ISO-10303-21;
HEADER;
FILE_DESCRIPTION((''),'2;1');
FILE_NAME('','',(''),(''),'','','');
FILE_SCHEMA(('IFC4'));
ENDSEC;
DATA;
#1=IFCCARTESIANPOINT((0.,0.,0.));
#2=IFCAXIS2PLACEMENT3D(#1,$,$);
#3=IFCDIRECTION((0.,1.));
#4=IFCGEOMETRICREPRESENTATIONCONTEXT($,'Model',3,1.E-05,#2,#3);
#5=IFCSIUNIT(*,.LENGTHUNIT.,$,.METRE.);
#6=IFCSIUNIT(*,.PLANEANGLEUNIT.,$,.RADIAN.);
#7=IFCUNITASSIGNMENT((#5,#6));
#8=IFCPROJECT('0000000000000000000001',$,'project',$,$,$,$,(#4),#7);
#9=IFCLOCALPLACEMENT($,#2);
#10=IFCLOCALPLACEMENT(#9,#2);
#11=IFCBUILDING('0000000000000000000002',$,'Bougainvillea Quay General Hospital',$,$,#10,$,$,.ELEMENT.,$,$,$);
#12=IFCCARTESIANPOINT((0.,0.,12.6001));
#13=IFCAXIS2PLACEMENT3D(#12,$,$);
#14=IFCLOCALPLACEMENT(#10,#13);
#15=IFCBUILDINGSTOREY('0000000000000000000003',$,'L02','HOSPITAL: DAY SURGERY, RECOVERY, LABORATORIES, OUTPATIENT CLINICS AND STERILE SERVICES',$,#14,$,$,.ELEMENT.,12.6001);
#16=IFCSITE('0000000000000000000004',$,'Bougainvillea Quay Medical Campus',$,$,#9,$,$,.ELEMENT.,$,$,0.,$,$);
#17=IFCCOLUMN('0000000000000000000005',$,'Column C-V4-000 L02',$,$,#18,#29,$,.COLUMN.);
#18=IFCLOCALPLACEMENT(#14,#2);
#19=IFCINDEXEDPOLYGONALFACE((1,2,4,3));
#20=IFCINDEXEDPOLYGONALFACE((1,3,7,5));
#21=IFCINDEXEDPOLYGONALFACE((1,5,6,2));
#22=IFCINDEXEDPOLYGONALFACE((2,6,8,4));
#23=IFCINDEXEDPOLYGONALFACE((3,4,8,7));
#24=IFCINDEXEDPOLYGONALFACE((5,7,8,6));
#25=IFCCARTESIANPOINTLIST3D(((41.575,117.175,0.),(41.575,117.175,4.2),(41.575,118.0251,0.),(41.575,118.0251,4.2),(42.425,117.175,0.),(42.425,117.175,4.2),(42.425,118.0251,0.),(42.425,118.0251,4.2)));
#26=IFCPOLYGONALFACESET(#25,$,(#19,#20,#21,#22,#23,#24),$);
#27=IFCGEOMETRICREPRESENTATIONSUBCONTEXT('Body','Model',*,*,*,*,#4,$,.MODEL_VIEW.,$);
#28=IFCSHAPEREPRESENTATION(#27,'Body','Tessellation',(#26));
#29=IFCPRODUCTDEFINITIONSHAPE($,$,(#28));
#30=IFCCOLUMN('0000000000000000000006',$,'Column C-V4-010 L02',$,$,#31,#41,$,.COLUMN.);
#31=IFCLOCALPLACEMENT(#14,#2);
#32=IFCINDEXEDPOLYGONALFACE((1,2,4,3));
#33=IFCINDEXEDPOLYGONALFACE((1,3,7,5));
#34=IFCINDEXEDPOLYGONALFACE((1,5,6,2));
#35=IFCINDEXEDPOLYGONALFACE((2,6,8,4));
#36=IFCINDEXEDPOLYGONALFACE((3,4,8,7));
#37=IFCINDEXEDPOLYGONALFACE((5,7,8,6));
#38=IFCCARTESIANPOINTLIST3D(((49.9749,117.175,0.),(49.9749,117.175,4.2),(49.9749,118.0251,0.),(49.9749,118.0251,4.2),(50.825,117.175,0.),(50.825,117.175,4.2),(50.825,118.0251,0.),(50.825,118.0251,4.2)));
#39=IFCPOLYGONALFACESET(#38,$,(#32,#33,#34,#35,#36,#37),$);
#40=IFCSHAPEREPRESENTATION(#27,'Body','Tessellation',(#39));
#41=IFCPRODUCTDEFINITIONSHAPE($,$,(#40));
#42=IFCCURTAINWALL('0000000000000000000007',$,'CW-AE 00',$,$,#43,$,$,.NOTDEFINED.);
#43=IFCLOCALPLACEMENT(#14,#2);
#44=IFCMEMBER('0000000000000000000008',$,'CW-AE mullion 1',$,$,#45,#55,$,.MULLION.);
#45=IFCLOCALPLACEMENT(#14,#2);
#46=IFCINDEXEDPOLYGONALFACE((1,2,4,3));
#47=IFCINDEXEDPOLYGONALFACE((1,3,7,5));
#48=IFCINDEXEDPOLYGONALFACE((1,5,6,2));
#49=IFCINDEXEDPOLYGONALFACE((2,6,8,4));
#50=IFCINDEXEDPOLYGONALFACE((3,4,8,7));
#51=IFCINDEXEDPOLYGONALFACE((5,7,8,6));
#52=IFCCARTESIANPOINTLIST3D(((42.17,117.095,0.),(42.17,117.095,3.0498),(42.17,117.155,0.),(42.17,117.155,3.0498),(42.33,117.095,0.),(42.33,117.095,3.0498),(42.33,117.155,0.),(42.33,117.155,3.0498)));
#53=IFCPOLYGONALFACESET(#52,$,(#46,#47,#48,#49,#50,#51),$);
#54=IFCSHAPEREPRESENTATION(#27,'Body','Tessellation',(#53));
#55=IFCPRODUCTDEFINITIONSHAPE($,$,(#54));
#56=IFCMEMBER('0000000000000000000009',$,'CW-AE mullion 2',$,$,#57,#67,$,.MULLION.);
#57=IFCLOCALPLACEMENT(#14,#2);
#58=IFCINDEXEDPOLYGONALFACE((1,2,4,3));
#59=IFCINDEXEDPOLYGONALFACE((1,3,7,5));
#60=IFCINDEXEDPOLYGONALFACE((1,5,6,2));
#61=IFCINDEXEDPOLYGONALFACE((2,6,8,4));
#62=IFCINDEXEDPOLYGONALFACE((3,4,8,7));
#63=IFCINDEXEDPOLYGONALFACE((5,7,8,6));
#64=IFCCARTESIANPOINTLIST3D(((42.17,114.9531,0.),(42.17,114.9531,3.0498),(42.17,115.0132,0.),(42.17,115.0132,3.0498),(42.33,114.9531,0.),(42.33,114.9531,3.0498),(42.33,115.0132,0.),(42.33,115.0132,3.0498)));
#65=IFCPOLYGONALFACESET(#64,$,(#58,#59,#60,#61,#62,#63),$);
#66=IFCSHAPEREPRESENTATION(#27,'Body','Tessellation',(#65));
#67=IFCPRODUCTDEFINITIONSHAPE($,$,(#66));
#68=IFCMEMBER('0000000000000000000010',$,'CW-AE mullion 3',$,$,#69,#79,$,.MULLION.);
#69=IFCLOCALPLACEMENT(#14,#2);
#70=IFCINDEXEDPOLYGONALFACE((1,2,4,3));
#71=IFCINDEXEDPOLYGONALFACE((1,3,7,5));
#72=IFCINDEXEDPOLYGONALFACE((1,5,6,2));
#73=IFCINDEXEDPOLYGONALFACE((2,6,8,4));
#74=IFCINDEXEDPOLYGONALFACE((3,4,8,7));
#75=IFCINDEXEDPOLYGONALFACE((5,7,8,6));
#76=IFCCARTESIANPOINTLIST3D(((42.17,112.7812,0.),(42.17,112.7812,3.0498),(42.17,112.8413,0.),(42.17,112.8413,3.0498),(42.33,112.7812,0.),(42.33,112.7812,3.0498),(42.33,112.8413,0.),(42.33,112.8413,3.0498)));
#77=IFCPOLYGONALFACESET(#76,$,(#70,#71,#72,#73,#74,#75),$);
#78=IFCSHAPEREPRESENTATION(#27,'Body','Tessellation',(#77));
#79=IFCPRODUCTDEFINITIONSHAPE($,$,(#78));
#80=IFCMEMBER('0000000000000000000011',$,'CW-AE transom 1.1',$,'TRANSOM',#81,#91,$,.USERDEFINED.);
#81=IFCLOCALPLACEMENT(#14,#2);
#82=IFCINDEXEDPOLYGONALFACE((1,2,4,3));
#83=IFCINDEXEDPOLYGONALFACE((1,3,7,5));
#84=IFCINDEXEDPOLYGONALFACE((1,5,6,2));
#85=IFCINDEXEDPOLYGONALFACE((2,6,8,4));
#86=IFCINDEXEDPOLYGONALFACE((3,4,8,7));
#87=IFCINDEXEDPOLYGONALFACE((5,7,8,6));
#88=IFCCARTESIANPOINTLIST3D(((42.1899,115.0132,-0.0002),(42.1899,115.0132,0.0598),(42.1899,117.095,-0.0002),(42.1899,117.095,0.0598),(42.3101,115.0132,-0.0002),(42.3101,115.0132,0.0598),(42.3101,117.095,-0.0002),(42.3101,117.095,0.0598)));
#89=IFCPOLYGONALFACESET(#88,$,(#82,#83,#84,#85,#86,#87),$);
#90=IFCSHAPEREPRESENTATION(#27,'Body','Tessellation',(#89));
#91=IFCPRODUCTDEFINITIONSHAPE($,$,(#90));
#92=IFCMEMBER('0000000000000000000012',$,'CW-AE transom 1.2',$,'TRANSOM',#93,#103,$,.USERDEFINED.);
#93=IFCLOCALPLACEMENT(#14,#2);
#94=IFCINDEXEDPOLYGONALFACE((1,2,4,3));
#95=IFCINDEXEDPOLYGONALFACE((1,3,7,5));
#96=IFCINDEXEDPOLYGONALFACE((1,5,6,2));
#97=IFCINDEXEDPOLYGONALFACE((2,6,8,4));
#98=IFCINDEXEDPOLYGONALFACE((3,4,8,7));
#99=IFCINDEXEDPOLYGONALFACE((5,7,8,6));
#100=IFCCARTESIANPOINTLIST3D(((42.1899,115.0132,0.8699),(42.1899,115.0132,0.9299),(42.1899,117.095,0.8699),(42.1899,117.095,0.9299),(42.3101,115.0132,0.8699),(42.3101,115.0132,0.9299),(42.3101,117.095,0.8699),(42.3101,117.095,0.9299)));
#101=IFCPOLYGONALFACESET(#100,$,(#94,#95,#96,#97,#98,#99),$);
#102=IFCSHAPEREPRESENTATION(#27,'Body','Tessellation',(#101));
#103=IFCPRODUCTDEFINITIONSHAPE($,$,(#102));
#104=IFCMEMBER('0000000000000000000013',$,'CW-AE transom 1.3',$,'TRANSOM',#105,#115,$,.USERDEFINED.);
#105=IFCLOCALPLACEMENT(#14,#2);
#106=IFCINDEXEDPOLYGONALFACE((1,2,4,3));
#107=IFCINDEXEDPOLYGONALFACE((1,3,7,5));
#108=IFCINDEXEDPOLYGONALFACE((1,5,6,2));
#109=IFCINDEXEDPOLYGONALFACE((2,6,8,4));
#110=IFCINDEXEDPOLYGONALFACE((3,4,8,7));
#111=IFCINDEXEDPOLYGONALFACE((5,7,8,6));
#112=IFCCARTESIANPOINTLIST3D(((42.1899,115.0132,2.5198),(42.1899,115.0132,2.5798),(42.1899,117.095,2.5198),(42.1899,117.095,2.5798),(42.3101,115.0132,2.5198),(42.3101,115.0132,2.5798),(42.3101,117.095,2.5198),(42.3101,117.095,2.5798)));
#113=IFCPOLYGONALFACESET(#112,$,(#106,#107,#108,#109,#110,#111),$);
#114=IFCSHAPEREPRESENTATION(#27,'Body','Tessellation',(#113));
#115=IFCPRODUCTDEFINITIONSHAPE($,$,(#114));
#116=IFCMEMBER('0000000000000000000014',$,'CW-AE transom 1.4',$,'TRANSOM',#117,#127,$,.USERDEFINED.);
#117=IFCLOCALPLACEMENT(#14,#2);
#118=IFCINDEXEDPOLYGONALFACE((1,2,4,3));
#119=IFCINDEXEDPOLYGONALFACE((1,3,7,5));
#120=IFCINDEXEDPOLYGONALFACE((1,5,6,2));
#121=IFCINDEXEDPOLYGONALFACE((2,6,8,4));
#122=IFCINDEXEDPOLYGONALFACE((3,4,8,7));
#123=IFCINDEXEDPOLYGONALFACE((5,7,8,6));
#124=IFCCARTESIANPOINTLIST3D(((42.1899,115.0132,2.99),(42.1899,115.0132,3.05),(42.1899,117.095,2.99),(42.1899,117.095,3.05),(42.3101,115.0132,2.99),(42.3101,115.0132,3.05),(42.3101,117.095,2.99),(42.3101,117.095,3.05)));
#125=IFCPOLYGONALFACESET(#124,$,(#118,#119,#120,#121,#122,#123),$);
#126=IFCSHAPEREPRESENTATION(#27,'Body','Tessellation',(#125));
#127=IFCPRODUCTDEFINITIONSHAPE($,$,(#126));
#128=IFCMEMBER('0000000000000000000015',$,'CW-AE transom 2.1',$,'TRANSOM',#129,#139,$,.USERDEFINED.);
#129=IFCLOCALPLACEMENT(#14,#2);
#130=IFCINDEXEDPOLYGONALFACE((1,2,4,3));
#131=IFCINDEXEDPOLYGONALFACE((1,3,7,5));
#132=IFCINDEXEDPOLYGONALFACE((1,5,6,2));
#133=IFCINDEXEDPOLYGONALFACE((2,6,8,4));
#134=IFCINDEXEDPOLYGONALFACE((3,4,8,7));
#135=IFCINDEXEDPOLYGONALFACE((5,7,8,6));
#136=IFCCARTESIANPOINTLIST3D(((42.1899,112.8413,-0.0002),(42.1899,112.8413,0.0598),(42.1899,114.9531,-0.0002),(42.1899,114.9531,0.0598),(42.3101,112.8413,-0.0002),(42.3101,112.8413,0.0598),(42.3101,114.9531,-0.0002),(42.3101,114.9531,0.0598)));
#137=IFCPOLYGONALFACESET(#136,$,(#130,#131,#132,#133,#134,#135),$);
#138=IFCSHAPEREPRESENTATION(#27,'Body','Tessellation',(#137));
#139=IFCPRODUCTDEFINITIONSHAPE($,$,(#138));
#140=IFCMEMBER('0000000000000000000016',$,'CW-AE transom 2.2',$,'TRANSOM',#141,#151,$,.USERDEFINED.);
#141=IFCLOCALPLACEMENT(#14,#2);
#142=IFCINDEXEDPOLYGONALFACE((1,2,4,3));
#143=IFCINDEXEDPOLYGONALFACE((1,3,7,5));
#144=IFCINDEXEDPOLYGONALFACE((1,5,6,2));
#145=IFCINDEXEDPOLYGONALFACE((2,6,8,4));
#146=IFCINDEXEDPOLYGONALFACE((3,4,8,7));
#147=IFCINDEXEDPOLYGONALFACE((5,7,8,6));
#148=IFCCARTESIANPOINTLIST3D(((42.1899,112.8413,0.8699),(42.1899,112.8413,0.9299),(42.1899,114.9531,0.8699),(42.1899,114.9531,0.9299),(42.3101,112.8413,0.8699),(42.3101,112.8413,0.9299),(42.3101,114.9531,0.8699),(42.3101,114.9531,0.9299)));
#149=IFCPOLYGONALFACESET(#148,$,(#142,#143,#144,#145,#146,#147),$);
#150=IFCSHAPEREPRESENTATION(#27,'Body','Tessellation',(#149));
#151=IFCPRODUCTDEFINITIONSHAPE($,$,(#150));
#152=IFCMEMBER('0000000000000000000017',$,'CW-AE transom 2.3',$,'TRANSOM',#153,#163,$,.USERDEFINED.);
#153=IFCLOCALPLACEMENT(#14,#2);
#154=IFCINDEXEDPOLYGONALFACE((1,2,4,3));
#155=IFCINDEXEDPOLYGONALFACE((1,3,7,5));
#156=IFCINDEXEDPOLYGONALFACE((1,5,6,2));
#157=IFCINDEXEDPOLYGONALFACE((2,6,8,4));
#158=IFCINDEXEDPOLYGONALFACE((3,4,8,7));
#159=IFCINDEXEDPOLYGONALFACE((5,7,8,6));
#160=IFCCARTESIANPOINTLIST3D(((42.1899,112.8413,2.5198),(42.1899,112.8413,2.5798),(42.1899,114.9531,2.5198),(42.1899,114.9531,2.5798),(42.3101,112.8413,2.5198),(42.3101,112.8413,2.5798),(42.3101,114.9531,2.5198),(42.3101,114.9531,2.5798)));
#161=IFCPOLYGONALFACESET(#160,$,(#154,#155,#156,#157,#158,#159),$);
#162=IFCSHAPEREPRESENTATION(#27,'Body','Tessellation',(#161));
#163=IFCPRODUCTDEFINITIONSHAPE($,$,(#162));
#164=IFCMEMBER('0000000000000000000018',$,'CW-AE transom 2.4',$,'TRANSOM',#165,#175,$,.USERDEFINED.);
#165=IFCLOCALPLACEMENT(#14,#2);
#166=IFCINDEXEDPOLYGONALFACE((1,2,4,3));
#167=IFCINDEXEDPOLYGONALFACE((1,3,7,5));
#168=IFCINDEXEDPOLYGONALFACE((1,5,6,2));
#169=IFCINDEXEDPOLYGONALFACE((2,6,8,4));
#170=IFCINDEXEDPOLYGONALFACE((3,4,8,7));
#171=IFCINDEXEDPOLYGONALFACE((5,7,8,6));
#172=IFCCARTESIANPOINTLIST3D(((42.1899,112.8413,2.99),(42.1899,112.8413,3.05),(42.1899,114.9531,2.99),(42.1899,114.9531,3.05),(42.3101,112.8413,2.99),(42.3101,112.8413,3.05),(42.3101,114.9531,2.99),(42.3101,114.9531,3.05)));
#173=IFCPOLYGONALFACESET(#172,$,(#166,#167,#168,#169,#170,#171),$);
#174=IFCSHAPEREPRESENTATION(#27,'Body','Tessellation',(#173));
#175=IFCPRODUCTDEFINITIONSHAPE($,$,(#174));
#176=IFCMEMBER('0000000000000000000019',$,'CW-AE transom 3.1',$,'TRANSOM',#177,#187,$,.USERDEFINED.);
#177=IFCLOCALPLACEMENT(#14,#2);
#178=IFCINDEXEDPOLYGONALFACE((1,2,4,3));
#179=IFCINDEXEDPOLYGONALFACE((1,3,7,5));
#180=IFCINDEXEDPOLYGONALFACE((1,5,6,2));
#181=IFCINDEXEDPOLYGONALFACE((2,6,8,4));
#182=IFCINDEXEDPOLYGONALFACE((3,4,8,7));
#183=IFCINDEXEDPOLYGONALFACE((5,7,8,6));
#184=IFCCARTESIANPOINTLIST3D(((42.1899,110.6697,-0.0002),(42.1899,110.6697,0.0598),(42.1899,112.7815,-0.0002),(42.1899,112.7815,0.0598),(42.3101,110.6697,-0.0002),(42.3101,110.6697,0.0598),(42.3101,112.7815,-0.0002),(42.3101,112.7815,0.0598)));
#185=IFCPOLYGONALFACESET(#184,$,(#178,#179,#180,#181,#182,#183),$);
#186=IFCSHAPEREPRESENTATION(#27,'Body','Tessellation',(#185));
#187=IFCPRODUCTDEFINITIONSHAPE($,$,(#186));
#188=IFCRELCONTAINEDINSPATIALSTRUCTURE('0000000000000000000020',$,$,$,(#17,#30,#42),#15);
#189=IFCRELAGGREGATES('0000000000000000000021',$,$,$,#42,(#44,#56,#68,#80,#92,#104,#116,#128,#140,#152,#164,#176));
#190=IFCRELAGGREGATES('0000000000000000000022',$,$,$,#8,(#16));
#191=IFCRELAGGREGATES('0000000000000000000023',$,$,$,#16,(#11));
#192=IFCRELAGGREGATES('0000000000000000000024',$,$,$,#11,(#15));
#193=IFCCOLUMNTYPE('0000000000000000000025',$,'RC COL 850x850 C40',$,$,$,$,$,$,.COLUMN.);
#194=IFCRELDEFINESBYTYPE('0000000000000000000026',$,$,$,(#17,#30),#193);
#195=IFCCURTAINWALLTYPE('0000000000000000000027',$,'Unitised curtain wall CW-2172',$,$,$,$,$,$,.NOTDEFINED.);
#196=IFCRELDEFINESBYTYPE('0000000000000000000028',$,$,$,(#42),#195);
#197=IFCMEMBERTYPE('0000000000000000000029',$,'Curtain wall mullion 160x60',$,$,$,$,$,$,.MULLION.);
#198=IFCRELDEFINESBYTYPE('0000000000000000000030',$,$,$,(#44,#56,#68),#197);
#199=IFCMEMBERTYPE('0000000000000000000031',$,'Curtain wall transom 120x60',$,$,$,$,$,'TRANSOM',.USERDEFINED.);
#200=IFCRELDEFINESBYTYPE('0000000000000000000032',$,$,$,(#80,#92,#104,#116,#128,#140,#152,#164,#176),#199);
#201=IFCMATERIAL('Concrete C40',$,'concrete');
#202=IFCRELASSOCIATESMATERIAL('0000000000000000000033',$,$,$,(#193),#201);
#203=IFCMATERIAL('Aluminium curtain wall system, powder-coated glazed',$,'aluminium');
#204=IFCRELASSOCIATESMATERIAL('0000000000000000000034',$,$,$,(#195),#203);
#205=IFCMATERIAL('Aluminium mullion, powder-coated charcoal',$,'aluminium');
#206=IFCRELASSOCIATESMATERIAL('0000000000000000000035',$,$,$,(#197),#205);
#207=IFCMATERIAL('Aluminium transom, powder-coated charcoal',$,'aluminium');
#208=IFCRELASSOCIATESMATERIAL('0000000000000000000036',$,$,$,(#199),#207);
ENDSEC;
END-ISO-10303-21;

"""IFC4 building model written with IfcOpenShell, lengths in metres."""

from ifc_helpers import new_model, si_unit, direction, frame, origin, origin_2d, place, context, subcontext, project, spatial, rectangle, extrude, material, material_profile, profile_set, type_object, element, aggregate, save


model = new_model("IFC4")

# Units and contexts
model_context = context("Model", 3, precision=1e-05, world=origin(), true_north=direction((0.0, 1.0)))
body_context = subcontext(model_context, "Body", "Model", "MODEL_VIEW")
ifc_project = project(units=[si_unit("LENGTHUNIT", "METRE"), si_unit("PLANEANGLEUNIT", "RADIAN")], contexts=[model_context])

# Site, building, storey
site_placement = place(None, origin())
site = spatial("IfcSite", under=ifc_project, at=site_placement, Name="Bougainvillea Quay Medical Campus", CompositionType="ELEMENT", RefElevation=0.0)
building_placement = place(site_placement, origin())
building = spatial("IfcBuilding", under=site, at=building_placement, Name="Bougainvillea Quay General Hospital", CompositionType="ELEMENT")
storey_placement = place(building_placement, frame((0.0, 0.0, 12.6001)))
storey = spatial("IfcBuildingStorey", under=building, at=storey_placement, Name="L02", Description="HOSPITAL: DAY SURGERY, RECOVERY, LABORATORIES, OUTPATIENT CLINICS AND STERILE SERVICES", CompositionType="ELEMENT", Elevation=12.6001)

# Columns
ifc_material_1 = material(Name="Concrete C40", Category="concrete")
ifc_material_profile_1 = material_profile(ifc_material_1, rectangle(XDim=0.8501, YDim=0.8501, at=origin_2d()))
ifc_profile_set_1 = profile_set([ifc_material_profile_1], Name="Concrete C40")
column_type = type_object("IfcColumnType", Name="RC COL 850x850 C40", PredefinedType="COLUMN", material=ifc_profile_set_1)
for number, where, z_axis, x_axis, name in (
    (1, (42.0, 117.6001, 0.0), (0.0, 0.0, 1.0), (1.0, 0.0, 0.0), "Column C-V4-000 L02"),
    (2, (50.3999, 117.6001, 0.0), (0.0, 0.0, 1.0), (1.0, 0.0, 0.0), "Column C-V4-010 L02"),
):
    element("IfcColumn", number, at=place(storey_placement, frame(where, z_axis=z_axis, x_axis=x_axis)), inside=storey, type_object=column_type, Name=name, PredefinedType="COLUMN", context=body_context, shape_type="SweptSolid", body=[
        extrude(rectangle(XDim=0.8501, YDim=0.8501, at=origin_2d()), origin(), (0.0, 0.0, 1.0), 4.2),
    ])

# Curtain wall, members
ifc_material_2 = material(Name="Aluminium curtain wall system, powder-coated glazed", Category="aluminium")
curtain_wall_type = type_object("IfcCurtainWallType", Name="Unitised curtain wall CW-2172", PredefinedType="NOTDEFINED", material=ifc_material_2)
curtain_wall_placement = place(storey_placement, origin())
curtain_wall = element("IfcCurtainWall", 3, at=curtain_wall_placement, inside=storey, type_object=curtain_wall_type, Name="CW-AE 00", PredefinedType="NOTDEFINED")
ifc_material_3 = material(Name="Aluminium mullion, powder-coated charcoal", Category="aluminium")
ifc_material_profile_2 = material_profile(ifc_material_3, rectangle(XDim=0.1599, YDim=0.0601, at=origin_2d()))
ifc_profile_set_2 = profile_set([ifc_material_profile_2], Name="Aluminium mullion, powder-coated charcoal")
member_type_1 = type_object("IfcMemberType", Name="Curtain wall mullion 160x60", PredefinedType="MULLION", material=ifc_profile_set_2)
member_1_placement = place(storey_placement, frame((42.25, 117.125, 0.0), z_axis=(0.0, 0.0, 1.0), x_axis=(1.0, 0.0, 0.0)))
member_1 = element("IfcMember", 4, at=member_1_placement, type_object=member_type_1, Name="CW-AE mullion 1", PredefinedType="MULLION", context=body_context, shape_type="SweptSolid", body=[
    extrude(rectangle(XDim=0.1599, YDim=0.0601, at=origin_2d()), origin(), (0.0, 0.0, 1.0), 3.0498),
])
member_2_placement = place(storey_placement, frame((42.25, 114.9832, 0.0), z_axis=(0.0, 0.0, 1.0), x_axis=(1.0, 0.0, 0.0)))
member_2 = element("IfcMember", 5, at=member_2_placement, type_object=member_type_1, Name="CW-AE mullion 2", PredefinedType="MULLION", context=body_context, shape_type="SweptSolid", body=[
    extrude(rectangle(XDim=0.1599, YDim=0.0601, at=origin_2d()), origin(), (0.0, 0.0, 1.0), 3.0498),
])
member_3_placement = place(storey_placement, frame((42.25, 112.8113, 0.0), z_axis=(0.0, 0.0, 1.0), x_axis=(1.0, 0.0, 0.0)))
member_3 = element("IfcMember", 6, at=member_3_placement, type_object=member_type_1, Name="CW-AE mullion 3", PredefinedType="MULLION", context=body_context, shape_type="SweptSolid", body=[
    extrude(rectangle(XDim=0.1599, YDim=0.0601, at=origin_2d()), origin(), (0.0, 0.0, 1.0), 3.0498),
])
ifc_material_4 = material(Name="Aluminium transom, powder-coated charcoal", Category="aluminium")
ifc_material_profile_3 = material_profile(ifc_material_4, rectangle(XDim=0.1201, YDim=0.0601, at=origin_2d()))
ifc_profile_set_3 = profile_set([ifc_material_profile_3], Name="Aluminium transom, powder-coated charcoal")
member_type_2 = type_object("IfcMemberType", Name="Curtain wall transom 120x60", ElementType="TRANSOM", PredefinedType="USERDEFINED", material=ifc_profile_set_3)
member_4_placement = place(storey_placement, frame((42.25, 117.095, 0.0298), z_axis=(0.0, -1.0, 0.0), x_axis=(1.0, 0.0, 0.0)))
member_4 = element("IfcMember", 7, at=member_4_placement, type_object=member_type_2, Name="CW-AE transom 1.1", ObjectType="TRANSOM", PredefinedType="USERDEFINED", context=body_context, shape_type="SweptSolid", body=[
    extrude(rectangle(XDim=0.1201, YDim=0.0601, at=origin_2d()), origin(), (0.0, 0.0, 1.0), 2.0818),
])
member_5_placement = place(storey_placement, frame((42.25, 117.095, 0.8999), z_axis=(0.0, -1.0, 0.0), x_axis=(1.0, 0.0, 0.0)))
member_5 = element("IfcMember", 8, at=member_5_placement, type_object=member_type_2, Name="CW-AE transom 1.2", ObjectType="TRANSOM", PredefinedType="USERDEFINED", context=body_context, shape_type="SweptSolid", body=[
    extrude(rectangle(XDim=0.1201, YDim=0.0601, at=origin_2d()), origin(), (0.0, 0.0, 1.0), 2.0818),
])
member_6_placement = place(storey_placement, frame((42.25, 117.095, 2.5498), z_axis=(0.0, -1.0, 0.0), x_axis=(1.0, 0.0, 0.0)))
member_6 = element("IfcMember", 9, at=member_6_placement, type_object=member_type_2, Name="CW-AE transom 1.3", ObjectType="TRANSOM", PredefinedType="USERDEFINED", context=body_context, shape_type="SweptSolid", body=[
    extrude(rectangle(XDim=0.1201, YDim=0.0601, at=origin_2d()), origin(), (0.0, 0.0, 1.0), 2.0818),
])
member_7_placement = place(storey_placement, frame((42.25, 117.095, 3.02), z_axis=(0.0, -1.0, 0.0), x_axis=(1.0, 0.0, 0.0)))
member_7 = element("IfcMember", 10, at=member_7_placement, type_object=member_type_2, Name="CW-AE transom 1.4", ObjectType="TRANSOM", PredefinedType="USERDEFINED", context=body_context, shape_type="SweptSolid", body=[
    extrude(rectangle(XDim=0.1201, YDim=0.0601, at=origin_2d()), origin(), (0.0, 0.0, 1.0), 2.0818),
])
member_8_placement = place(storey_placement, frame((42.25, 114.9531, 0.0298), z_axis=(0.0, -1.0, 0.0), x_axis=(1.0, 0.0, 0.0)))
member_8 = element("IfcMember", 11, at=member_8_placement, type_object=member_type_2, Name="CW-AE transom 2.1", ObjectType="TRANSOM", PredefinedType="USERDEFINED", context=body_context, shape_type="SweptSolid", body=[
    extrude(rectangle(XDim=0.1201, YDim=0.0601, at=origin_2d()), origin(), (0.0, 0.0, 1.0), 2.1118),
])
member_9_placement = place(storey_placement, frame((42.25, 114.9531, 0.8999), z_axis=(0.0, -1.0, 0.0), x_axis=(1.0, 0.0, 0.0)))
member_9 = element("IfcMember", 12, at=member_9_placement, type_object=member_type_2, Name="CW-AE transom 2.2", ObjectType="TRANSOM", PredefinedType="USERDEFINED", context=body_context, shape_type="SweptSolid", body=[
    extrude(rectangle(XDim=0.1201, YDim=0.0601, at=origin_2d()), origin(), (0.0, 0.0, 1.0), 2.1118),
])
member_10_placement = place(storey_placement, frame((42.25, 114.9531, 2.5498), z_axis=(0.0, -1.0, 0.0), x_axis=(1.0, 0.0, 0.0)))
member_10 = element("IfcMember", 13, at=member_10_placement, type_object=member_type_2, Name="CW-AE transom 2.3", ObjectType="TRANSOM", PredefinedType="USERDEFINED", context=body_context, shape_type="SweptSolid", body=[
    extrude(rectangle(XDim=0.1201, YDim=0.0601, at=origin_2d()), origin(), (0.0, 0.0, 1.0), 2.1118),
])
member_11_placement = place(storey_placement, frame((42.25, 114.9531, 3.02), z_axis=(0.0, -1.0, 0.0), x_axis=(1.0, 0.0, 0.0)))
member_11 = element("IfcMember", 14, at=member_11_placement, type_object=member_type_2, Name="CW-AE transom 2.4", ObjectType="TRANSOM", PredefinedType="USERDEFINED", context=body_context, shape_type="SweptSolid", body=[
    extrude(rectangle(XDim=0.1201, YDim=0.0601, at=origin_2d()), origin(), (0.0, 0.0, 1.0), 2.1118),
])
member_12_placement = place(storey_placement, frame((42.25, 112.7815, 0.0298), z_axis=(0.0, -1.0, 0.0), x_axis=(1.0, 0.0, 0.0)))
member_12 = element("IfcMember", 15, at=member_12_placement, type_object=member_type_2, Name="CW-AE transom 3.1", ObjectType="TRANSOM", PredefinedType="USERDEFINED", context=body_context, shape_type="SweptSolid", body=[
    extrude(rectangle(XDim=0.1201, YDim=0.0601, at=origin_2d()), origin(), (0.0, 0.0, 1.0), 2.1118),
])
aggregate(curtain_wall, [member_1, member_2, member_3, member_4, member_5, member_6, member_7, member_8, member_9, member_10, member_11, member_12])

save(model, "model.ifc")
